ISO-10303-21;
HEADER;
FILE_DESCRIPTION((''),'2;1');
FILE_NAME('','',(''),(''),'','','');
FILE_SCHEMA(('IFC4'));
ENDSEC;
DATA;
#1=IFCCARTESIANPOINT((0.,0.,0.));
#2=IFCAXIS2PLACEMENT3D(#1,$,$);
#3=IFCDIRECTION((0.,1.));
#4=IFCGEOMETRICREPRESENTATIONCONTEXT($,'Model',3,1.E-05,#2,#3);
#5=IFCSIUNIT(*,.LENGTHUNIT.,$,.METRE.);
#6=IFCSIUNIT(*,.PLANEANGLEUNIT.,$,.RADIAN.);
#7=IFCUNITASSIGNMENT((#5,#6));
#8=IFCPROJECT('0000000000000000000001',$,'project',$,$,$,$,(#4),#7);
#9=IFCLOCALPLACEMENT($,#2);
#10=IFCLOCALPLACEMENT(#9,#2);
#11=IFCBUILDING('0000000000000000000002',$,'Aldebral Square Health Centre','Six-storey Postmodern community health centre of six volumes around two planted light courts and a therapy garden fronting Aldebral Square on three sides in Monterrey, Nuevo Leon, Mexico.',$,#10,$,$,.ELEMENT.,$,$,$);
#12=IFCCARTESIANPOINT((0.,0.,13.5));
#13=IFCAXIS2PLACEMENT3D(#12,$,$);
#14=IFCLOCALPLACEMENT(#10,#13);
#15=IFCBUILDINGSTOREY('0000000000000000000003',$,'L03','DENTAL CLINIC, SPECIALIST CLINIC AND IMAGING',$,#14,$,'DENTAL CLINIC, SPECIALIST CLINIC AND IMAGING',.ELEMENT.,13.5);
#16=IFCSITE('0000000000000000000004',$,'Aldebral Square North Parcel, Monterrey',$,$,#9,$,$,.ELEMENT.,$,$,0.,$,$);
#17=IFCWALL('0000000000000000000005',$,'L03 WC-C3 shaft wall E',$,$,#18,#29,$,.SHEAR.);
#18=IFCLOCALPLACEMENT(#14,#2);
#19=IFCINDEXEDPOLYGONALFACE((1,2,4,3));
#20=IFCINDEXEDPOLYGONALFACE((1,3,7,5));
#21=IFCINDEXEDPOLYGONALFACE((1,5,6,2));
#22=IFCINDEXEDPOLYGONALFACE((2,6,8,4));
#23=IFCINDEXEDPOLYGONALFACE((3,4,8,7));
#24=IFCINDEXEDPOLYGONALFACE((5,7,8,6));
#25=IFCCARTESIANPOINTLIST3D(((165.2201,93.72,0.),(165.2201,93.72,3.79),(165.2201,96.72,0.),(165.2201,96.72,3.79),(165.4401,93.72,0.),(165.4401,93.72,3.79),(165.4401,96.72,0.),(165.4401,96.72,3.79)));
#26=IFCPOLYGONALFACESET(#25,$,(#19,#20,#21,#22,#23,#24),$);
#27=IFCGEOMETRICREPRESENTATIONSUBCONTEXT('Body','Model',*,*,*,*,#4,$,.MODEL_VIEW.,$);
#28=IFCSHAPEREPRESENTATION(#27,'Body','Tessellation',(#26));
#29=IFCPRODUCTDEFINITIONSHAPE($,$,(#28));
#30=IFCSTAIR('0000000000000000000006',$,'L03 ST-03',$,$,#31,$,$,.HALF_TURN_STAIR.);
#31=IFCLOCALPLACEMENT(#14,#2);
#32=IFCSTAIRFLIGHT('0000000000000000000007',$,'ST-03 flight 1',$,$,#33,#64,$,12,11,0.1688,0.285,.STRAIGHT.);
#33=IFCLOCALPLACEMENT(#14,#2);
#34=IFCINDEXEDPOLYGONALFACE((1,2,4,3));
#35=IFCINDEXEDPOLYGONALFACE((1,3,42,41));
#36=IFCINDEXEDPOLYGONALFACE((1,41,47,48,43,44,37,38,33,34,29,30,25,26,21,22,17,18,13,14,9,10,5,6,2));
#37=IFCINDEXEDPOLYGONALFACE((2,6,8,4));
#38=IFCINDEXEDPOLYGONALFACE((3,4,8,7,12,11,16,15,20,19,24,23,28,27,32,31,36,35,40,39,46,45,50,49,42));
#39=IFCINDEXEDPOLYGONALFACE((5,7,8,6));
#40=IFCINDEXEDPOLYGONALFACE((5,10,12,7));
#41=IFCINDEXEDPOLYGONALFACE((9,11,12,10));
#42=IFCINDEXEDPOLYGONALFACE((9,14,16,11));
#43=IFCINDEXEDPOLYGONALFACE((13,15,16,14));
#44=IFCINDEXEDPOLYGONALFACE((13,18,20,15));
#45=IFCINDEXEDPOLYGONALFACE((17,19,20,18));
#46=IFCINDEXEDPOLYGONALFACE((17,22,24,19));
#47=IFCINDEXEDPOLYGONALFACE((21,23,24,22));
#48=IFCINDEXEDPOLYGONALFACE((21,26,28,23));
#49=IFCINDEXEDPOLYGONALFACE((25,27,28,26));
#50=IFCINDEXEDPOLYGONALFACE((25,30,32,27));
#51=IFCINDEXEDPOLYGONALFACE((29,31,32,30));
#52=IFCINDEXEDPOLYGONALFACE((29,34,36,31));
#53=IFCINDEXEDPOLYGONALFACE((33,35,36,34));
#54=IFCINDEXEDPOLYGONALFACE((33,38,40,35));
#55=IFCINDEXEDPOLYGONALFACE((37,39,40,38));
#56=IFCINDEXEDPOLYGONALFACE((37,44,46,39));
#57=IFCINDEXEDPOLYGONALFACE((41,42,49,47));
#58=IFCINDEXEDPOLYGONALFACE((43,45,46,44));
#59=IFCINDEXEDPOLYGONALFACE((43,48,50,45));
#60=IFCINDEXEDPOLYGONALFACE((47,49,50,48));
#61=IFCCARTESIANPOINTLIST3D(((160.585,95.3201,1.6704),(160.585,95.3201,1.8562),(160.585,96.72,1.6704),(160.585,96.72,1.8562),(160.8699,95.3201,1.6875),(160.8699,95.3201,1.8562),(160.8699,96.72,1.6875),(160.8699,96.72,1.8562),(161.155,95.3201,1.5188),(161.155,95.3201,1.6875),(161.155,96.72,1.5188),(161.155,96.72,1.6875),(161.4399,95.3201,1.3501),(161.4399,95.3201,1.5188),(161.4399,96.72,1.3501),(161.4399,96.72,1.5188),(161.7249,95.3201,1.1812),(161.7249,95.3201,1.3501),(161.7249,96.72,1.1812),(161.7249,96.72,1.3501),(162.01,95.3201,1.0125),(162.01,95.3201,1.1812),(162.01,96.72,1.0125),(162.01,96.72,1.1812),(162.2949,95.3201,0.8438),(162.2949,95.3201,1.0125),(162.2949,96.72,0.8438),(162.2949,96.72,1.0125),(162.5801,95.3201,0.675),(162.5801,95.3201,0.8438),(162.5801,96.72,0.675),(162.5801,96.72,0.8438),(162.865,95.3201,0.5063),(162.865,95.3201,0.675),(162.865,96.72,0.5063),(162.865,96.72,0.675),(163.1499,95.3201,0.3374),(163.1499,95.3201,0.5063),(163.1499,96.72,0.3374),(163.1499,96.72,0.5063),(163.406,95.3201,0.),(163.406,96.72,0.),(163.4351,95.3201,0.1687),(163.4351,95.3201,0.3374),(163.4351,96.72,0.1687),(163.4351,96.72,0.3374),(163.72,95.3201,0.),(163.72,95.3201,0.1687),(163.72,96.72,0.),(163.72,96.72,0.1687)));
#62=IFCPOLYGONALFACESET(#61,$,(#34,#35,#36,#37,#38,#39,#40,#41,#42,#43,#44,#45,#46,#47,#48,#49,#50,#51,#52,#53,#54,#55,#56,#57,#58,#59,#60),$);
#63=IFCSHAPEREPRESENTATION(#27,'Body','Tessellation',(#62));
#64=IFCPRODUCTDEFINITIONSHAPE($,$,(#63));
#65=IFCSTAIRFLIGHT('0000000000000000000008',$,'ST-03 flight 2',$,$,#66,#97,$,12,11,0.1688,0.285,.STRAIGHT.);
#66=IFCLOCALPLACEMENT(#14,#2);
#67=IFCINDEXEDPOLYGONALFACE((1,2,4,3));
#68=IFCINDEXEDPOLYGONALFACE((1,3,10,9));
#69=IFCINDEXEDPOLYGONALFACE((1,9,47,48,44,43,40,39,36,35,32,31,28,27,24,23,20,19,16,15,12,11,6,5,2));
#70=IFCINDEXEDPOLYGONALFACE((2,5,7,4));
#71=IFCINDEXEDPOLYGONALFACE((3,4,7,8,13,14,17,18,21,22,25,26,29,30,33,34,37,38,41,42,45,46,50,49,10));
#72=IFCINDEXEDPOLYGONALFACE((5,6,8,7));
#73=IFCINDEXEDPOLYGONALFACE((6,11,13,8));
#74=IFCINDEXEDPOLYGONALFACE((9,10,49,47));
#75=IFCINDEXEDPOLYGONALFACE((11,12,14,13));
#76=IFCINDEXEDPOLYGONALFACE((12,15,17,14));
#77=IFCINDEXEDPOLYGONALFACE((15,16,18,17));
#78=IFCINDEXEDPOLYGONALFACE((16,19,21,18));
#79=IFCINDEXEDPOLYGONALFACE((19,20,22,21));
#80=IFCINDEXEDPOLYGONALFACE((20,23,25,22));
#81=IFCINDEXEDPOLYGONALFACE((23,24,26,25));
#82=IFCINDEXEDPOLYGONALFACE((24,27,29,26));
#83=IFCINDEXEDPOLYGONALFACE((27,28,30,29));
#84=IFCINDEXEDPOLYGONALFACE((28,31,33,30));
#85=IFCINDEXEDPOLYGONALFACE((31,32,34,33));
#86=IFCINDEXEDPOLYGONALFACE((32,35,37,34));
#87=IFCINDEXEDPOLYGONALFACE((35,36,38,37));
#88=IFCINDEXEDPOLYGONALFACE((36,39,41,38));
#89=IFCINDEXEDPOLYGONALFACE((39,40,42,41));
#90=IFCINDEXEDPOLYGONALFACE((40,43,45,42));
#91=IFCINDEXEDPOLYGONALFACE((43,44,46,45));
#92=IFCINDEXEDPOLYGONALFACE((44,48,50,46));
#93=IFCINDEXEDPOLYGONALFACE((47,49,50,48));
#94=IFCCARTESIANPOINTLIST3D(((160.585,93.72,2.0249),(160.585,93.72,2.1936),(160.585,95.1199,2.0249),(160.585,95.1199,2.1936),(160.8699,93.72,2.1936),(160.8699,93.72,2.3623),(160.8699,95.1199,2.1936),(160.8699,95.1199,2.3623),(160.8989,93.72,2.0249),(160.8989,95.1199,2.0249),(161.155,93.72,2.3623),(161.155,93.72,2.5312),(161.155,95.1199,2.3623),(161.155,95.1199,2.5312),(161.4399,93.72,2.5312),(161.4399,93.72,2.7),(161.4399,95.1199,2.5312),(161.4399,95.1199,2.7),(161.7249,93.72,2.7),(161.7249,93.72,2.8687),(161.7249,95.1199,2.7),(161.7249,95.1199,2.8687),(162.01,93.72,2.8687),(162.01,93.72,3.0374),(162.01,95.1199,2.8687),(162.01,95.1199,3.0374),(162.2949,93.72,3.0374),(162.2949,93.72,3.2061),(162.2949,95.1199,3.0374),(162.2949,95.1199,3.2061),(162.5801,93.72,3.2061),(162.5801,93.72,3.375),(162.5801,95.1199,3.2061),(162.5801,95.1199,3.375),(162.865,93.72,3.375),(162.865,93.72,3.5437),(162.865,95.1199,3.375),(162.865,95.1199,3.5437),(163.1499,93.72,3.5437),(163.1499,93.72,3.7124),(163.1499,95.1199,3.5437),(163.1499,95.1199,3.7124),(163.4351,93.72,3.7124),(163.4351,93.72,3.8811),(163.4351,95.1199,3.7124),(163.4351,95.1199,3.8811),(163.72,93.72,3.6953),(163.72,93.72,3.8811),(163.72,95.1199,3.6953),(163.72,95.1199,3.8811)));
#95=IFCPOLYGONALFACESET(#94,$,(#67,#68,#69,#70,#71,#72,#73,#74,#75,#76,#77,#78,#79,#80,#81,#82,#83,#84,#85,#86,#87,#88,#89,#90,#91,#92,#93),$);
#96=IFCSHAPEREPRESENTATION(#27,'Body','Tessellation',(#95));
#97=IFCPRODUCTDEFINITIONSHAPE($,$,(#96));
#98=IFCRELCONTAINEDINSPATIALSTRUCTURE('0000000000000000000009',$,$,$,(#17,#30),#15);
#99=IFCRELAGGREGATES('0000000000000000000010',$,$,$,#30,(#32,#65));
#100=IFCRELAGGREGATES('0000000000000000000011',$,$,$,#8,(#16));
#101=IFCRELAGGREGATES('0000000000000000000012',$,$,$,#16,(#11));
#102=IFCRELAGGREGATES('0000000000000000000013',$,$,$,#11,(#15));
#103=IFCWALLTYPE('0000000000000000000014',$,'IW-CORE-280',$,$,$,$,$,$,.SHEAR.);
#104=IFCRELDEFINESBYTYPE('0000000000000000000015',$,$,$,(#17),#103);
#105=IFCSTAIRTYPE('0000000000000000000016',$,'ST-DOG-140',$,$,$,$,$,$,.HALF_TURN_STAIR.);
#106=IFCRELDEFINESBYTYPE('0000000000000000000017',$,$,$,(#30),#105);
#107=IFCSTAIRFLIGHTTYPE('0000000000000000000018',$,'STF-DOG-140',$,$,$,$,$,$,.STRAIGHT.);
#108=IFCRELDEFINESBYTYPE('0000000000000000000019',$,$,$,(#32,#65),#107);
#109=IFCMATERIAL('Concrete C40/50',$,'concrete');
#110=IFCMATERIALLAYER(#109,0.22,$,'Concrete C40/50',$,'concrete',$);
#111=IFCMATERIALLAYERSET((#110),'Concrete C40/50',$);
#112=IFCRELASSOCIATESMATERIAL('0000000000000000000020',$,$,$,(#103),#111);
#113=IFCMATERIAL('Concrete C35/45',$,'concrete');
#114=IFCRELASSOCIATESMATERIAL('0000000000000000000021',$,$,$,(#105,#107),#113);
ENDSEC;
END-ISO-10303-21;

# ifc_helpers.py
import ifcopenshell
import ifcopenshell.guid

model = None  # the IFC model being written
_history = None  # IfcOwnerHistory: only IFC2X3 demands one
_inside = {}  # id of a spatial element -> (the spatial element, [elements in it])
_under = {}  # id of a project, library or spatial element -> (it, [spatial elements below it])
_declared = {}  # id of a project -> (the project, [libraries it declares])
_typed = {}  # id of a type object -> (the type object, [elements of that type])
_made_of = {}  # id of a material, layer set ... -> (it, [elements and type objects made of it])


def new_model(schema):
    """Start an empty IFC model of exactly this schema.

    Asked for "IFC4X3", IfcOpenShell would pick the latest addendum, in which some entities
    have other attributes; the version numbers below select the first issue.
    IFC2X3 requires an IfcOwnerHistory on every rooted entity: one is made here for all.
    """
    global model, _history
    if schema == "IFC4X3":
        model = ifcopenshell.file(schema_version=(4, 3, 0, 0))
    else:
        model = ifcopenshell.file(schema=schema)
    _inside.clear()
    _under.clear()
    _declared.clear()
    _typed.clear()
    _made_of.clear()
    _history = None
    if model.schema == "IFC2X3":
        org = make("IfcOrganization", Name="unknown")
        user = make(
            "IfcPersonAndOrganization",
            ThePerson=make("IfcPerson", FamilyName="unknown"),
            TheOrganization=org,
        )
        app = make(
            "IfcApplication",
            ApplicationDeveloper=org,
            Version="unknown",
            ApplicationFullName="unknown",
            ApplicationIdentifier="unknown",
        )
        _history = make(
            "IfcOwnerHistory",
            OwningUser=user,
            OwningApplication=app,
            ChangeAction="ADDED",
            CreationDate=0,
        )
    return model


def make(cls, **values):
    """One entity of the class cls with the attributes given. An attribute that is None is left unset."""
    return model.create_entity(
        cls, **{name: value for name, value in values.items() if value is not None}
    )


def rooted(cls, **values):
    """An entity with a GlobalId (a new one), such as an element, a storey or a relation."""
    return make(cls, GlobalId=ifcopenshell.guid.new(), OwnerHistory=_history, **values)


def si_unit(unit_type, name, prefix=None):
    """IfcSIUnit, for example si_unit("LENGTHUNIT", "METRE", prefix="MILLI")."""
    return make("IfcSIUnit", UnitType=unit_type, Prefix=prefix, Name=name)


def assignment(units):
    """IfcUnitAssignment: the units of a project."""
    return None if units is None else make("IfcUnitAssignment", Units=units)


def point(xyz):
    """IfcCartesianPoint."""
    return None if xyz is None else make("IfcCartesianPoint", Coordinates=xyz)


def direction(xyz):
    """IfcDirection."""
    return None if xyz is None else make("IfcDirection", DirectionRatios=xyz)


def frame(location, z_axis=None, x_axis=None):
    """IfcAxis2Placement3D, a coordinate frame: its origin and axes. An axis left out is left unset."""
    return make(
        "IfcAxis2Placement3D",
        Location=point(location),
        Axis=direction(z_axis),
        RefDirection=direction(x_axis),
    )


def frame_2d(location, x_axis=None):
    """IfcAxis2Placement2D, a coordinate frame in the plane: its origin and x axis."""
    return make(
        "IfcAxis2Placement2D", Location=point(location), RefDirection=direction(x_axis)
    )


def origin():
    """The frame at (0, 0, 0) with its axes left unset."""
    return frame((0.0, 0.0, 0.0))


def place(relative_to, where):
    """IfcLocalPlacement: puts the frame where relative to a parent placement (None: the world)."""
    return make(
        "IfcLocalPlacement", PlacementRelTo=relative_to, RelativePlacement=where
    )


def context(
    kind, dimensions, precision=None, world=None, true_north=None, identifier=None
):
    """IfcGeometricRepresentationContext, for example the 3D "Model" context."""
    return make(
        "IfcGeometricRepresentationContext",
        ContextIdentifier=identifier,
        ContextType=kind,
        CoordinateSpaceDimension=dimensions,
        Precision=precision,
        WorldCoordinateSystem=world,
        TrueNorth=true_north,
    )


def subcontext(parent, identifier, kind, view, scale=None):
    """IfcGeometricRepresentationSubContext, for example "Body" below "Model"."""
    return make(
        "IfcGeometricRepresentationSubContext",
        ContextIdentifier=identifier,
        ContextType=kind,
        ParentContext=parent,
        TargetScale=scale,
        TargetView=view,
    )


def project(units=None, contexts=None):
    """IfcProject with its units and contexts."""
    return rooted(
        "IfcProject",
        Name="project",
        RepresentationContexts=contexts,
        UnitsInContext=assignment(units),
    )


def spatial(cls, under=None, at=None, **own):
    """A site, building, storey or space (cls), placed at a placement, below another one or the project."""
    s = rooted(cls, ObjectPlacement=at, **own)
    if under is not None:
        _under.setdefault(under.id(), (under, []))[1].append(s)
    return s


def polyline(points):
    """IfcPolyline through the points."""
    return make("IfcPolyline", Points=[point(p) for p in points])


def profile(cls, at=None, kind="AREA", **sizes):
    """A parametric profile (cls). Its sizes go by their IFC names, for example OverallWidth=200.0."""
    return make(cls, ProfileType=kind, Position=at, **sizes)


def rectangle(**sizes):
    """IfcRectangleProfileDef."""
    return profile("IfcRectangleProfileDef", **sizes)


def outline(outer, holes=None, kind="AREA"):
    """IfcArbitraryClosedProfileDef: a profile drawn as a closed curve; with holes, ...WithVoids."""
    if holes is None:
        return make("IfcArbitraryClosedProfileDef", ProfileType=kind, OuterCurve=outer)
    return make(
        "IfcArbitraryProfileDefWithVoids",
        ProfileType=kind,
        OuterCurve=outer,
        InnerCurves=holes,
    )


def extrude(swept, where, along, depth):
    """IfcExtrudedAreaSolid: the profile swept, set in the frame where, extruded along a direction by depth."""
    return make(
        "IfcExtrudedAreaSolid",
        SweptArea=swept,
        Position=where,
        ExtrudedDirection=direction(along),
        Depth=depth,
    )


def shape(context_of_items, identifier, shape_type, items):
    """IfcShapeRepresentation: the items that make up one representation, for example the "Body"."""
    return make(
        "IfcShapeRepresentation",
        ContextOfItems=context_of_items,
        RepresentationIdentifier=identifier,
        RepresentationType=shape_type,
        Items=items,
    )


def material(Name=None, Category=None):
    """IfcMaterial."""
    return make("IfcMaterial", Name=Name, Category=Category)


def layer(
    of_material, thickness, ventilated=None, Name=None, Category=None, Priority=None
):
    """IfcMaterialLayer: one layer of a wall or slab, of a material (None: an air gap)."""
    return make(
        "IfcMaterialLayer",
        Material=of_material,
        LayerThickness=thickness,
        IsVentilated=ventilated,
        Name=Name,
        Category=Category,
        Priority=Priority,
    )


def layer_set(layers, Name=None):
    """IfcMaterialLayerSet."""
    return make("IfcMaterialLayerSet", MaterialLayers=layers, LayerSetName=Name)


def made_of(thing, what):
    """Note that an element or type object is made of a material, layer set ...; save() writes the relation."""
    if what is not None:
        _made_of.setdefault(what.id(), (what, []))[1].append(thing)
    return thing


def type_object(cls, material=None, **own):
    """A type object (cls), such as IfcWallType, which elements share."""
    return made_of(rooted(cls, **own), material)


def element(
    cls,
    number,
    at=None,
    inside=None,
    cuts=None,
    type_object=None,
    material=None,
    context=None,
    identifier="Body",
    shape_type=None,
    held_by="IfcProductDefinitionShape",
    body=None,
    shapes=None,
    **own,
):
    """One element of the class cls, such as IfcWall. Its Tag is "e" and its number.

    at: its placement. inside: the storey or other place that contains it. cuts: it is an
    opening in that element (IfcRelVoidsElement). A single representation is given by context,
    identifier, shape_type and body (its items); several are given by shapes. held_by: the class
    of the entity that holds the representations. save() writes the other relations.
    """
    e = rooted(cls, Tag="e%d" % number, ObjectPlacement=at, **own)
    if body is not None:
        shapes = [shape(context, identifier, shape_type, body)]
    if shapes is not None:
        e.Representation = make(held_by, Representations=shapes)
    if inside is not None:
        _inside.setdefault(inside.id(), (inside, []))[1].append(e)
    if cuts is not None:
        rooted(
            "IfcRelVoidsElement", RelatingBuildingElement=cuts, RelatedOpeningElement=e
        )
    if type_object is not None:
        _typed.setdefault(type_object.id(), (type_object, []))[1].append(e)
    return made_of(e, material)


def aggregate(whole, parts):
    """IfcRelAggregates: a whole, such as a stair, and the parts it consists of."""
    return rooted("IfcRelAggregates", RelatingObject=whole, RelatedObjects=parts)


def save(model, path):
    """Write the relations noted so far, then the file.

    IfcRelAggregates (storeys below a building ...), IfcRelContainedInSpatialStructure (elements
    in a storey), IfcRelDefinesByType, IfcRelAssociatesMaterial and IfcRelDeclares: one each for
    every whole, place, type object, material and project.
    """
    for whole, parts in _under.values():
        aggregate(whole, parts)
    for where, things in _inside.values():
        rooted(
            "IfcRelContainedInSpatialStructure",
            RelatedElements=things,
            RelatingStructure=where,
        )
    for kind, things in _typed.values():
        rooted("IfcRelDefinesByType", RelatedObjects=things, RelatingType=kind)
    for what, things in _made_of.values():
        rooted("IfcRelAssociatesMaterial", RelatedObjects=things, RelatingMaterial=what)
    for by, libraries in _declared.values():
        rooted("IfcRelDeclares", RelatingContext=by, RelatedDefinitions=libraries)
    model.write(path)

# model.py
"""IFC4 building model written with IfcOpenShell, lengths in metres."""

from ifc_helpers import new_model, si_unit, direction, frame, frame_2d, origin, place, context, subcontext, project, spatial, polyline, rectangle, outline, extrude, material, layer, layer_set, type_object, element, aggregate, save


model = new_model("IFC4")

# Units and contexts
model_context = context("Model", 3, precision=1e-05, world=origin(), true_north=direction((0.0, 1.0)))
body_context = subcontext(model_context, "Body", "Model", "MODEL_VIEW")
ifc_project = project(units=[si_unit("LENGTHUNIT", "METRE"), si_unit("PLANEANGLEUNIT", "RADIAN")], contexts=[model_context])

# Site, building, storey
site_placement = place(None, origin())
site = spatial("IfcSite", under=ifc_project, at=site_placement, Name="Aldebral Square North Parcel, Monterrey", CompositionType="ELEMENT", RefElevation=0.0)
building_placement = place(site_placement, origin())
building = spatial("IfcBuilding", under=site, at=building_placement, Name="Aldebral Square Health Centre", Description="Six-storey Postmodern community health centre of six volumes around two planted light courts and a therapy garden fronting Aldebral Square on three sides in Monterrey, Nuevo Leon, Mexico.", CompositionType="ELEMENT")
storey_placement = place(building_placement, frame((0.0, 0.0, 13.5)))
storey = spatial("IfcBuildingStorey", under=building, at=storey_placement, Name="L03", Description="DENTAL CLINIC, SPECIALIST CLINIC AND IMAGING", LongName="DENTAL CLINIC, SPECIALIST CLINIC AND IMAGING", CompositionType="ELEMENT", Elevation=13.5)

# Shared definitions
ifc_material_1 = material(Name="Concrete C40/50", Category="concrete")

# Wall
ifc_layer_1 = layer(ifc_material_1, 0.22, Name="Concrete C40/50", Category="concrete")
ifc_layer_set_1 = layer_set([ifc_layer_1], Name="Concrete C40/50")
wall_type_1 = type_object("IfcWallType", Name="IW-CORE-280", PredefinedType="SHEAR", material=ifc_layer_set_1)
wall_1_placement = place(storey_placement, frame((165.3301, 93.72, 0.0), z_axis=(0.0, 0.0, 1.0), x_axis=(0.0, 1.0, 0.0)))
element("IfcWall", 1, at=wall_1_placement, inside=storey, type_object=wall_type_1, Name="L03 WC-C3 shaft wall E", PredefinedType="SHEAR", context=body_context, shape_type="SweptSolid", body=[
    extrude(rectangle(XDim=3.0, YDim=0.22, at=frame_2d((1.5, 0.0))), origin(), (0.0, 0.0, 1.0), 3.79),
])

# Stair, stair flights
ifc_material_2 = material(Name="Concrete C35/45", Category="concrete")
stair_type = type_object("IfcStairType", Name="ST-DOG-140", PredefinedType="HALF_TURN_STAIR", material=ifc_material_2)
stair_placement = place(storey_placement, origin())
stair = element("IfcStair", 2, at=stair_placement, inside=storey, type_object=stair_type, Name="L03 ST-03", PredefinedType="HALF_TURN_STAIR")
stair_flight_type = type_object("IfcStairFlightType", Name="STF-DOG-140", PredefinedType="STRAIGHT", material=ifc_material_2)
stair_flight_1_placement = place(storey_placement, frame((163.72, 96.02, 0.0), z_axis=(0.0, 0.0, 1.0), x_axis=(-1.0, 0.0, 0.0)))
stair_flight_1 = element("IfcStairFlight", 3, at=stair_flight_1_placement, type_object=stair_flight_type, Name="ST-03 flight 1", NumberOfRisers=12, NumberOfTreads=11, PredefinedType="STRAIGHT", RiserHeight=0.1688, TreadLength=0.285, context=body_context, shape_type="SweptSolid", body=[
    extrude(outline(polyline([(0.0, 0.0), (0.0, 0.1687), (0.2849, 0.1687), (0.2849, 0.3374), (0.5701, 0.3374), (0.5701, 0.5063), (0.855, 0.5063), (0.855, 0.675), (1.1399, 0.675), (1.1399, 0.8438), (1.425, 0.8438), (1.425, 1.0125), (1.71, 1.0125), (1.71, 1.1812), (1.9951, 1.1812), (1.9951, 1.3501), (2.28, 1.3501), (2.28, 1.5188), (2.5649, 1.5188), (2.5649, 1.6875), (2.8501, 1.6875), (2.8501, 1.8562), (3.135, 1.8562), (3.135, 2.0249), (3.135, 1.6704), (0.314, 0.0), (0.0, 0.0)])), frame((0.0, 0.7, 0.0), z_axis=(0.0, -1.0, 0.0), x_axis=(1.0, 0.0, 0.0)), (0.0, 0.0, 1.0), 1.3999),
])
stair_flight_2_placement = place(storey_placement, frame((160.585, 94.4199, 2.0249), z_axis=(0.0, 0.0, 1.0), x_axis=(1.0, 0.0, 0.0)))
stair_flight_2 = element("IfcStairFlight", 4, at=stair_flight_2_placement, type_object=stair_flight_type, Name="ST-03 flight 2", NumberOfRisers=12, NumberOfTreads=11, PredefinedType="STRAIGHT", RiserHeight=0.1688, TreadLength=0.285, context=body_context, shape_type="SweptSolid", body=[
    extrude(outline(polyline([(0.0, 0.0), (0.0, 0.1687), (0.2849, 0.1687), (0.2849, 0.3374), (0.5701, 0.3374), (0.5701, 0.5063), (0.855, 0.5063), (0.855, 0.675), (1.1399, 0.675), (1.1399, 0.8438), (1.425, 0.8438), (1.425, 1.0125), (1.71, 1.0125), (1.71, 1.1812), (1.9951, 1.1812), (1.9951, 1.3501), (2.28, 1.3501), (2.28, 1.5188), (2.5649, 1.5188), (2.5649, 1.6875), (2.8501, 1.6875), (2.8501, 1.8562), (3.135, 1.8562), (3.135, 2.0249), (3.135, 1.6704), (0.314, 0.0), (0.0, 0.0)])), frame((0.0, 0.7, 0.0), z_axis=(0.0, -1.0, 0.0), x_axis=(1.0, 0.0, 0.0)), (0.0, 0.0, 1.0), 1.3999),
])
aggregate(stair, [stair_flight_1, stair_flight_2])

save(model, "model.ifc")
